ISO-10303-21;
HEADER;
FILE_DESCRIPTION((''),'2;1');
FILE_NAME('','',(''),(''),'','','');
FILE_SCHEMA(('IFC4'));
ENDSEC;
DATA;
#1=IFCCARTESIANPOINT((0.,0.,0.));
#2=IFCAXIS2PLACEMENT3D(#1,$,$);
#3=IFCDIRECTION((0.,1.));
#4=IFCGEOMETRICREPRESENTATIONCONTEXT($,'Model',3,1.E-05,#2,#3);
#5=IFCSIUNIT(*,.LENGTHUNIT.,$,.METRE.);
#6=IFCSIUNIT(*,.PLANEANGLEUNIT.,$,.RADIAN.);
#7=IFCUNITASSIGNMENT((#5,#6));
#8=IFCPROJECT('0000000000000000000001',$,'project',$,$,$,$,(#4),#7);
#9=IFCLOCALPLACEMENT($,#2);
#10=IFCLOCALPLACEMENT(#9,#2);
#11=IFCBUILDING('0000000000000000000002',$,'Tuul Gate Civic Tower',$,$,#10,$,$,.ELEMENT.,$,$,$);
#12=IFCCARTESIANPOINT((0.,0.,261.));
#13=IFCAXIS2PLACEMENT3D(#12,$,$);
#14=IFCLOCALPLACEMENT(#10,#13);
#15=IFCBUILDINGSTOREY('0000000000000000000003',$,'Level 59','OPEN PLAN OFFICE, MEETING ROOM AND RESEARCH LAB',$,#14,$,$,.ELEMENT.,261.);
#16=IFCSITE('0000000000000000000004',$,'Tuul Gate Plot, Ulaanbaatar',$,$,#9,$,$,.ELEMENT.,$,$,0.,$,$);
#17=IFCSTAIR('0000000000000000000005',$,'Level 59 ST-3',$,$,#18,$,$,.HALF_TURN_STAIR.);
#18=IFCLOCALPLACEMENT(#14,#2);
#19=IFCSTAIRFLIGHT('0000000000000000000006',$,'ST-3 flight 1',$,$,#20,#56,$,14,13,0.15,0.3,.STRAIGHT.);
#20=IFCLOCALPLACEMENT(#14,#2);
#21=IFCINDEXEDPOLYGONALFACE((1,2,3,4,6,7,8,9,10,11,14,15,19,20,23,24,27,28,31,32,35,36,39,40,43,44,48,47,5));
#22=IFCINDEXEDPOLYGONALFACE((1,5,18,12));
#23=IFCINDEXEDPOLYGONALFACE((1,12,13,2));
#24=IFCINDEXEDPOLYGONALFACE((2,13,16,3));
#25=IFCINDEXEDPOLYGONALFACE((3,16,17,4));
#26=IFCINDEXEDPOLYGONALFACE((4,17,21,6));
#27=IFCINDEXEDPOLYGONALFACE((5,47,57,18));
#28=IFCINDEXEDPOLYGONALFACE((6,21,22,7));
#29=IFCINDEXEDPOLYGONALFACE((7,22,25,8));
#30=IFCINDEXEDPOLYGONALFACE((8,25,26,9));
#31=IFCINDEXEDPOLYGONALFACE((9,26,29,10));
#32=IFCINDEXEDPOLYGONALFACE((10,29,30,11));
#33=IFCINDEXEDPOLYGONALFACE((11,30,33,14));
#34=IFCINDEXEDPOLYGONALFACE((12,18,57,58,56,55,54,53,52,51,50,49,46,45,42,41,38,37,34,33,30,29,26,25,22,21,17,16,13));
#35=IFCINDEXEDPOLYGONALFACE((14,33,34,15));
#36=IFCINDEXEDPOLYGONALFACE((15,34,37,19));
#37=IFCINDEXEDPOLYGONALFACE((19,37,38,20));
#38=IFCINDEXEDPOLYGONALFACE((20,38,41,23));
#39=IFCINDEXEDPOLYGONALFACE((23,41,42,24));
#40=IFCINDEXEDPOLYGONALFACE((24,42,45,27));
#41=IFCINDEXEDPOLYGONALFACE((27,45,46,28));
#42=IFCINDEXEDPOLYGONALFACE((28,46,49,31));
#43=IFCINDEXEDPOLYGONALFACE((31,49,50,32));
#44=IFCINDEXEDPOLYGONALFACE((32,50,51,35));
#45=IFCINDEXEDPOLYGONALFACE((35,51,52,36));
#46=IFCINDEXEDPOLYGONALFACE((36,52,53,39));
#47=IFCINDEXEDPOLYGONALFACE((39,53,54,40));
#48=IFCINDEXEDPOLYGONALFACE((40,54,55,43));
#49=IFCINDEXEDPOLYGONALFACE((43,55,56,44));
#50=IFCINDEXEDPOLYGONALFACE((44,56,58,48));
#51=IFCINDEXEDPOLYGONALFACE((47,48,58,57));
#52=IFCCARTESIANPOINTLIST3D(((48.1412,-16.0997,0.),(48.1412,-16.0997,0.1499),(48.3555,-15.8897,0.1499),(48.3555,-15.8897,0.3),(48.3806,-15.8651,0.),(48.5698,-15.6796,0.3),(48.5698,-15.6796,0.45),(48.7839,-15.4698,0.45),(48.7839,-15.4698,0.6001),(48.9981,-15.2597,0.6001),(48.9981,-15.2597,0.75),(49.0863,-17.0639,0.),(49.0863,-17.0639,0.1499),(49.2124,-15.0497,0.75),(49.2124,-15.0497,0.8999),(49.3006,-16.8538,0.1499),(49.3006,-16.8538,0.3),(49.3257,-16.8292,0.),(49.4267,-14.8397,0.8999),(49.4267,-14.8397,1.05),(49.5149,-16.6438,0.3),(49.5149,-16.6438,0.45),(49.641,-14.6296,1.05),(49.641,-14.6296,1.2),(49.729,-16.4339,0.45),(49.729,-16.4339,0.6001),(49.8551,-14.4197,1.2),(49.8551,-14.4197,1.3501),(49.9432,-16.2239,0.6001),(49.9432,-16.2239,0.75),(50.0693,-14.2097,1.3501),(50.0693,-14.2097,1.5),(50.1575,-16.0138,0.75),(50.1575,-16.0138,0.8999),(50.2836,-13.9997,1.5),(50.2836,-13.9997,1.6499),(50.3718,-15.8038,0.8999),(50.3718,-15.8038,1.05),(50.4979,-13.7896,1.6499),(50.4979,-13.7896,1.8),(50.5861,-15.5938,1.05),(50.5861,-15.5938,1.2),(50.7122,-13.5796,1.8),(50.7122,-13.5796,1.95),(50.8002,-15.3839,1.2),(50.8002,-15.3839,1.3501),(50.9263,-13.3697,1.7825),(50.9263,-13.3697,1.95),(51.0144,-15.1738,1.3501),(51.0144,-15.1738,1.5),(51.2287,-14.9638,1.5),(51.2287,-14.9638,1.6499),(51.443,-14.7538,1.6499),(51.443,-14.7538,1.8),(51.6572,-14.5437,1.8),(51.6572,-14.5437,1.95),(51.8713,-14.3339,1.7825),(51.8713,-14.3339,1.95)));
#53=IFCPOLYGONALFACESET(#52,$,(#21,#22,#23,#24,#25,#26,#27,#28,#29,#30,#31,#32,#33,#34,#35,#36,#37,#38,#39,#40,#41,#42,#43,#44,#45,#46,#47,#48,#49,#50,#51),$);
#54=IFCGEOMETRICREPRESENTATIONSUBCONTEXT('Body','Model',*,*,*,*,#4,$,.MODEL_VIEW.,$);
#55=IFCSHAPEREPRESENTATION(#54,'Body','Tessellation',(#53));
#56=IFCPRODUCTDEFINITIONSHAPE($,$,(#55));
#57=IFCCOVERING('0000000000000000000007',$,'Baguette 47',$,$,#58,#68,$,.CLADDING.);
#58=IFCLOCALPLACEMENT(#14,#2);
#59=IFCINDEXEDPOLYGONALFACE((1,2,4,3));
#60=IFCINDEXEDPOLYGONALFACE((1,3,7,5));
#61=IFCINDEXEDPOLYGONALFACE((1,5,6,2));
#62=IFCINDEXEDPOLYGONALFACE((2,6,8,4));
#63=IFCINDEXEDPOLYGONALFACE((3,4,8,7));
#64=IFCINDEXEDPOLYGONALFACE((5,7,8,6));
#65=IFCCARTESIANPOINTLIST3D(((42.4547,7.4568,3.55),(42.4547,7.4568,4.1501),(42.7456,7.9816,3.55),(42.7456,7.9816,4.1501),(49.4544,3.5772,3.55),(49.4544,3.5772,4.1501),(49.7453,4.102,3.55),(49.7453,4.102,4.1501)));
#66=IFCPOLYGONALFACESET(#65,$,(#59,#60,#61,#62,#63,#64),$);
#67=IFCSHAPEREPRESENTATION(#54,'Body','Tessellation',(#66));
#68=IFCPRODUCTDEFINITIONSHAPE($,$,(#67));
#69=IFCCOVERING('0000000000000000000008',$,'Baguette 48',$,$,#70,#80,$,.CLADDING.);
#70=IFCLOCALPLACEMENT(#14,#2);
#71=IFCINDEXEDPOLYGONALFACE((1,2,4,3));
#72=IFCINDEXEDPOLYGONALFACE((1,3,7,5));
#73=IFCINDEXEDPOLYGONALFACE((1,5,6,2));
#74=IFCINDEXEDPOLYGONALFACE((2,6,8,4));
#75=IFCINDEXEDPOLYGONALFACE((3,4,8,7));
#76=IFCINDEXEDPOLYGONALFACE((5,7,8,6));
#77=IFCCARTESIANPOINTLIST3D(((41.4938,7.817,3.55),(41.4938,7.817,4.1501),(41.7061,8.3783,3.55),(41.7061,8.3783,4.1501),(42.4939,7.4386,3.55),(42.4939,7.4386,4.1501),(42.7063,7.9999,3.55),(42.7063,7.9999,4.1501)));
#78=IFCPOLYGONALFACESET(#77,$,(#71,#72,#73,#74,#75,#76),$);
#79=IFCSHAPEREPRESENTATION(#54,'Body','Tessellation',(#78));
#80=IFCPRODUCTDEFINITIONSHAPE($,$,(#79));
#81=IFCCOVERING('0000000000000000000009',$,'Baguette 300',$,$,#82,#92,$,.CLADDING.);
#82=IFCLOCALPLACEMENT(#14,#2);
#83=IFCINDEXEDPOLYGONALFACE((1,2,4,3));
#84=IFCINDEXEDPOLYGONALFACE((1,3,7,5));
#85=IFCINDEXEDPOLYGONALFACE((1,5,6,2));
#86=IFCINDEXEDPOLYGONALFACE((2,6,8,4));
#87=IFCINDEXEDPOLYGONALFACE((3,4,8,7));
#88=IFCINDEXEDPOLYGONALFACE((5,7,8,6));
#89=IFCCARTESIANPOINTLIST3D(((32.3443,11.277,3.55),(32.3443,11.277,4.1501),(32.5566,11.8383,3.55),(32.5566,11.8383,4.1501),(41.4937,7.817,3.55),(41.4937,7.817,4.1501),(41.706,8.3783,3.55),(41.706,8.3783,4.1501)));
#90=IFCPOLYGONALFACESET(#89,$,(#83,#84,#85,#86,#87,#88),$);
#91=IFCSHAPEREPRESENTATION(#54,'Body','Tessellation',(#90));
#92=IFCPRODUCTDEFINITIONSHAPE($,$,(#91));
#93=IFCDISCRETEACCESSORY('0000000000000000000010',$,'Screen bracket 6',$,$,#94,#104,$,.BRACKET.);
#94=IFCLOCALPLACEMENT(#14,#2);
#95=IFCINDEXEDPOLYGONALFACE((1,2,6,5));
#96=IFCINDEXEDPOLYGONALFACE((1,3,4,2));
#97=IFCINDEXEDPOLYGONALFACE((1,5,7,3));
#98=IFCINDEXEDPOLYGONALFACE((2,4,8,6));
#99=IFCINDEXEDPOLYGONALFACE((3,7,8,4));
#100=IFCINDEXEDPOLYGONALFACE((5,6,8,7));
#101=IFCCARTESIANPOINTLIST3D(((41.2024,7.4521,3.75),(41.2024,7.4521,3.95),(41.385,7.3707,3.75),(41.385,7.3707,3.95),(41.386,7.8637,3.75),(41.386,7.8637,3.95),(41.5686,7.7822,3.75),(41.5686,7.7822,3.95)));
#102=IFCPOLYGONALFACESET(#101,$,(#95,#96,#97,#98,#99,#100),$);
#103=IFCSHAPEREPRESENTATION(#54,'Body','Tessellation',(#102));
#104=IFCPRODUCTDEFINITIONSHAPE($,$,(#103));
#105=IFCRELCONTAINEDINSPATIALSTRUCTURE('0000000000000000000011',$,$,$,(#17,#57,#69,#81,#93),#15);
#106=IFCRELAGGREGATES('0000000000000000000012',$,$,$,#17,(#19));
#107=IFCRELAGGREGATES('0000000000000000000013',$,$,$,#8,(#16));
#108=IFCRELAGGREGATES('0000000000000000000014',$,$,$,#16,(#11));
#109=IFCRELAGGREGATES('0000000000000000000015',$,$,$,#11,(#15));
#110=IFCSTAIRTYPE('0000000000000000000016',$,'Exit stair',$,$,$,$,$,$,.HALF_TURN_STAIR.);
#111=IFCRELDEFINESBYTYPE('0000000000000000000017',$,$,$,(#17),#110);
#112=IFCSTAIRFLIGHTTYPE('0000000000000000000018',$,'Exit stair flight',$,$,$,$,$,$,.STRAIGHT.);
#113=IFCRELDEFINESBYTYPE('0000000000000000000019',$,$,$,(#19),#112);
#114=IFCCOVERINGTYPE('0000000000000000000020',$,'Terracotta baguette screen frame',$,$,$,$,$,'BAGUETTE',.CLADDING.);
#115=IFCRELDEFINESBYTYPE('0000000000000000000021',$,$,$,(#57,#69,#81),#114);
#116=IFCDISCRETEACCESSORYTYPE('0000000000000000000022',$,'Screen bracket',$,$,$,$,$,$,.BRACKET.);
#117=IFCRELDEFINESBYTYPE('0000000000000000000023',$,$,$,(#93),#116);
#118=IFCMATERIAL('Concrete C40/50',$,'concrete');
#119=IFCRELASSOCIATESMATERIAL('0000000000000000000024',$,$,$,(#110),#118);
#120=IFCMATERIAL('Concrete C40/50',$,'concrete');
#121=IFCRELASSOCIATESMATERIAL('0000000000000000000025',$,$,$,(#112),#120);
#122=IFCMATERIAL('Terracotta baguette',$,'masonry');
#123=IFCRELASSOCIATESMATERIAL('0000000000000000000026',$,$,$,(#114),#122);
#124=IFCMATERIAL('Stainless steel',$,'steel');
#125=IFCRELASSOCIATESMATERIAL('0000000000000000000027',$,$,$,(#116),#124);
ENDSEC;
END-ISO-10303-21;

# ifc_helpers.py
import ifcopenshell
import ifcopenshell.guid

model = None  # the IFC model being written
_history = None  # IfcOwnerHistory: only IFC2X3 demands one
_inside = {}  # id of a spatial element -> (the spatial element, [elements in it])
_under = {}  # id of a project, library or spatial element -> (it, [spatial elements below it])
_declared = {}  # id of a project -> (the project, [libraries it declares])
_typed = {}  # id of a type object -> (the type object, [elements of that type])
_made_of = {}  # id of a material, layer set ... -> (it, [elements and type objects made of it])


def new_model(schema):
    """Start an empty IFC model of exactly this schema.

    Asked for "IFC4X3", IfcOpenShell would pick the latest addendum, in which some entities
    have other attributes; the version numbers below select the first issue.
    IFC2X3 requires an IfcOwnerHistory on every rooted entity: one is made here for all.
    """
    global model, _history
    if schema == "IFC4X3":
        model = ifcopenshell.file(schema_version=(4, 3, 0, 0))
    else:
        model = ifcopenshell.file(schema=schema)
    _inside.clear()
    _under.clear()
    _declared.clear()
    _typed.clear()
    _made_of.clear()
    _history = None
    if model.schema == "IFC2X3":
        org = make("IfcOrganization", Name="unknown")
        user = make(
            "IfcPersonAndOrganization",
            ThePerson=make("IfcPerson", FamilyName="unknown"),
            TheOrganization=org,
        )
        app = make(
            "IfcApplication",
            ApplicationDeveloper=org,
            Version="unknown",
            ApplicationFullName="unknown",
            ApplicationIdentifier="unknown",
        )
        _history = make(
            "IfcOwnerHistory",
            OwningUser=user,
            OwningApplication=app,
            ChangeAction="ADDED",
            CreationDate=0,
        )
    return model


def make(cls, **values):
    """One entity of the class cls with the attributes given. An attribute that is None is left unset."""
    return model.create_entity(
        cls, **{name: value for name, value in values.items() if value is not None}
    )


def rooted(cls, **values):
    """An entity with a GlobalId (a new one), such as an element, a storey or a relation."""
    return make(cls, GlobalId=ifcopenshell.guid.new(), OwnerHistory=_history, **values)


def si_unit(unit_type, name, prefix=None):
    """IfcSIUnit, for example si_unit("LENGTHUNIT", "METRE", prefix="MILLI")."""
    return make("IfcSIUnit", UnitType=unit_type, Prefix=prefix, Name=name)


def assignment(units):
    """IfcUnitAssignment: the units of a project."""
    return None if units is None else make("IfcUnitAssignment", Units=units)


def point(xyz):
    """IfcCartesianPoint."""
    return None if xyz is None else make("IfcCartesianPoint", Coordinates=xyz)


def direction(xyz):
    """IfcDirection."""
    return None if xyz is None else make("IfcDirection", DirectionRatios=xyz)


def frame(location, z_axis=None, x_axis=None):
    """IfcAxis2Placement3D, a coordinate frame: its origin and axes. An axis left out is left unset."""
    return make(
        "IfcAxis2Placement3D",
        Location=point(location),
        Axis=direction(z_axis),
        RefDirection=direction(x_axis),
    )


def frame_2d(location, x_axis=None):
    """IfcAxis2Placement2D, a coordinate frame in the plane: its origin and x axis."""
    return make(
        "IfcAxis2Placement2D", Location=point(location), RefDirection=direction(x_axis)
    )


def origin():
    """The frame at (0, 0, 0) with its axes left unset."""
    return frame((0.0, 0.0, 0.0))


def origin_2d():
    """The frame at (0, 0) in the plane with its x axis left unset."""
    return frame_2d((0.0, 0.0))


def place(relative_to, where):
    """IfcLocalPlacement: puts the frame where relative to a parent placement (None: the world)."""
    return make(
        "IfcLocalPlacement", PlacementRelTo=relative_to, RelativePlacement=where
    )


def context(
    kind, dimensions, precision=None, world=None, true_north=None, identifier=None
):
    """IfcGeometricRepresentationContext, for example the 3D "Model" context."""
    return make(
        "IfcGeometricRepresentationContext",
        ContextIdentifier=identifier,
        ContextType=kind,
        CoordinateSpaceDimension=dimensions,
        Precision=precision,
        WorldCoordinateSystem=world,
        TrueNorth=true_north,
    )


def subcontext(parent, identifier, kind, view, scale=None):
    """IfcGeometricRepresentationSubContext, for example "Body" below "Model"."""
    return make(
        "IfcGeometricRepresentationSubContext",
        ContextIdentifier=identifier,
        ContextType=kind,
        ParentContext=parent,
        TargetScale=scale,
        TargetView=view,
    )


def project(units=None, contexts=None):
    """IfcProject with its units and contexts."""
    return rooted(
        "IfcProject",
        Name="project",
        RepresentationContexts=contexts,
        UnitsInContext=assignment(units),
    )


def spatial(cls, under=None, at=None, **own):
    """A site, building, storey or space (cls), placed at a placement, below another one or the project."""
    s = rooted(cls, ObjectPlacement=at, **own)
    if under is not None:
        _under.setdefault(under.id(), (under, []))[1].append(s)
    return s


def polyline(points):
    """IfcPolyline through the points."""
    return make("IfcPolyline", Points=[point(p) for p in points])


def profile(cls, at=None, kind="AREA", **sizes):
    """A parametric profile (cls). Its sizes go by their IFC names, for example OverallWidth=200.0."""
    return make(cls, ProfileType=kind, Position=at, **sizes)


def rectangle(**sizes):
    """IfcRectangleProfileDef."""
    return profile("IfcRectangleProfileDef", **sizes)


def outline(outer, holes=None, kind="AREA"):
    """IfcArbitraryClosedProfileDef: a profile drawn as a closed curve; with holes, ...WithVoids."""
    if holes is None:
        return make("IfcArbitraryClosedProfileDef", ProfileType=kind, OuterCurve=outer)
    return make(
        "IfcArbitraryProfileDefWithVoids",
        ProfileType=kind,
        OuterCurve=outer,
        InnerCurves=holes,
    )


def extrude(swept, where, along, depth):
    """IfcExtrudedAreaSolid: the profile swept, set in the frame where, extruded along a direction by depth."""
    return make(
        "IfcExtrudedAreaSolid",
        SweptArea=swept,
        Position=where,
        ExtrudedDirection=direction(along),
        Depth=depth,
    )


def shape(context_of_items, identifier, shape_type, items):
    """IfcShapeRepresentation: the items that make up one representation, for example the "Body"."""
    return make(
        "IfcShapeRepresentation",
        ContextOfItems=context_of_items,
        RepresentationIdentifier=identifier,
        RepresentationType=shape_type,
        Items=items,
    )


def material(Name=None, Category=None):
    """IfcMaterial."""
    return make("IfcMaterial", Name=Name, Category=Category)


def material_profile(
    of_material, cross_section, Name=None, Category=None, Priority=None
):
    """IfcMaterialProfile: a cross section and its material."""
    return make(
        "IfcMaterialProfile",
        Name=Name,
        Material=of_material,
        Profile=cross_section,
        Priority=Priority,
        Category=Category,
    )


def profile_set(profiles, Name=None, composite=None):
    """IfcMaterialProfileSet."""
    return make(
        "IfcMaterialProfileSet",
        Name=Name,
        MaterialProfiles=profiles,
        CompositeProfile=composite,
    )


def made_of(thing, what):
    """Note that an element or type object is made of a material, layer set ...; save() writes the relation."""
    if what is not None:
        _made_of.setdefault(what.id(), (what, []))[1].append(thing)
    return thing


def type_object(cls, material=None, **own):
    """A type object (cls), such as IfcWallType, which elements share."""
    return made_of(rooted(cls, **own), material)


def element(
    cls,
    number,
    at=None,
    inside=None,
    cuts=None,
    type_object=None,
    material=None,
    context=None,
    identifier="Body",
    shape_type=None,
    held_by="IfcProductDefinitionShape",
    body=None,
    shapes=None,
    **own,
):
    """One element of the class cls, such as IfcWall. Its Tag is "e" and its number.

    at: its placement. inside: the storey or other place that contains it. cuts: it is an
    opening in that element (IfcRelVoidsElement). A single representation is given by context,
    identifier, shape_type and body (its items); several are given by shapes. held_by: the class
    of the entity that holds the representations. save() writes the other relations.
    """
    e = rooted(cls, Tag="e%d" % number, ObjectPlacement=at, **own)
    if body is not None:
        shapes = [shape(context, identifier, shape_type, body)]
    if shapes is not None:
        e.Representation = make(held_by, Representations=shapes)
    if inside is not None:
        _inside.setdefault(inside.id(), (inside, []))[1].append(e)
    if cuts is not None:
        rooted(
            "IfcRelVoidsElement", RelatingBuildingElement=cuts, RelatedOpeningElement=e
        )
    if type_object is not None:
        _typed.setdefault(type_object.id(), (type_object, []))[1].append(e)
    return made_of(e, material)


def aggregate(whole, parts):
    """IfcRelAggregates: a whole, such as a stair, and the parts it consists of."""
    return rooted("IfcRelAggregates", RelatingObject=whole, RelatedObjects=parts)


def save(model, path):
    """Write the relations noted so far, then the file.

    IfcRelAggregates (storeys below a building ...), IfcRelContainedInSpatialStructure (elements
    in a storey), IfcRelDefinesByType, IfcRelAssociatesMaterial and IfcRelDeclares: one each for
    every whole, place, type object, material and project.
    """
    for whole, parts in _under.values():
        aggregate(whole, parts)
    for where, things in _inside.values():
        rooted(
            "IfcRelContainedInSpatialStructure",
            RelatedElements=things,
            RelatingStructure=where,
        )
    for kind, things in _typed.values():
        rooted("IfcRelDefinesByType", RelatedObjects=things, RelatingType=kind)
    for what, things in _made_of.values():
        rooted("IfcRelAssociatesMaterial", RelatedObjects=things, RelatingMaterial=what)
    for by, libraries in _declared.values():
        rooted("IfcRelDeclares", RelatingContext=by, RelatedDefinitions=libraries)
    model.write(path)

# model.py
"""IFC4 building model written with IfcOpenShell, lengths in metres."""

from ifc_helpers import new_model, si_unit, direction, frame, origin, origin_2d, place, context, subcontext, project, spatial, polyline, rectangle, outline, extrude, material, material_profile, profile_set, type_object, element, aggregate, save


model = new_model("IFC4")

# Units and contexts
model_context = context("Model", 3, precision=1e-05, world=origin(), true_north=direction((0.0, 1.0)))
body_context = subcontext(model_context, "Body", "Model", "MODEL_VIEW")
ifc_project = project(units=[si_unit("LENGTHUNIT", "METRE"), si_unit("PLANEANGLEUNIT", "RADIAN")], contexts=[model_context])

# Site, building, storey
site_placement = place(None, origin())
site = spatial("IfcSite", under=ifc_project, at=site_placement, Name="Tuul Gate Plot, Ulaanbaatar", CompositionType="ELEMENT", RefElevation=0.0)
building_placement = place(site_placement, origin())
building = spatial("IfcBuilding", under=site, at=building_placement, Name="Tuul Gate Civic Tower", CompositionType="ELEMENT")
storey_placement = place(building_placement, frame((0.0, 0.0, 261.0)))
storey = spatial("IfcBuildingStorey", under=building, at=storey_placement, Name="Level 59", Description="OPEN PLAN OFFICE, MEETING ROOM AND RESEARCH LAB", CompositionType="ELEMENT", Elevation=261.0)

# Stair, stair flight
ifc_material_1 = material(Name="Concrete C40/50", Category="concrete")
stair_type = type_object("IfcStairType", Name="Exit stair", PredefinedType="HALF_TURN_STAIR", material=ifc_material_1)
stair_placement = place(storey_placement, origin())
stair = element("IfcStair", 1, at=stair_placement, inside=storey, type_object=stair_type, Name="Level 59 ST-3", PredefinedType="HALF_TURN_STAIR")
ifc_material_2 = material(Name="Concrete C40/50", Category="concrete")
stair_flight_type = type_object("IfcStairFlightType", Name="Exit stair flight", PredefinedType="STRAIGHT", material=ifc_material_2)
stair_flight_placement = place(storey_placement, frame((48.6138, -16.5818, 0.0), z_axis=(0.0, 0.0, 1.0), x_axis=(0.714127, 0.700016, 0.0)))
stair_flight = element("IfcStairFlight", 2, at=stair_flight_placement, type_object=stair_flight_type, Name="ST-3 flight 1", NumberOfRisers=14, NumberOfTreads=13, PredefinedType="STRAIGHT", RiserHeight=0.15, TreadLength=0.3, context=body_context, shape_type="SweptSolid", body=[
    extrude(outline(polyline([(0.0, 0.0), (0.0, 0.1499), (0.3, 0.1499), (0.3, 0.3), (0.6001, 0.3), (0.6001, 0.45), (0.8999, 0.45), (0.8999, 0.6001), (1.2, 0.6001), (1.2, 0.75), (1.5, 0.75), (1.5, 0.8999), (1.8, 0.8999), (1.8, 1.05), (2.1001, 1.05), (2.1001, 1.2), (2.3999, 1.2), (2.3999, 1.3501), (2.7, 1.3501), (2.7, 1.5), (3.0, 1.5), (3.0, 1.6499), (3.3, 1.6499), (3.3, 1.8), (3.6001, 1.8), (3.6001, 1.95), (3.8999, 1.95), (3.8999, 2.1001), (3.8999, 1.7825), (0.3352, 0.0), (0.0, 0.0)])), frame((0.0, 0.675, 0.0), z_axis=(0.0, -1.0, 0.0), x_axis=(1.0, 0.0, 0.0)), (0.0, 0.0, 1.0), 1.3501),
])
aggregate(stair, [stair_flight])

# Coverings
ifc_material_3 = material(Name="Terracotta baguette", Category="masonry")
ifc_material_profile_1 = material_profile(ifc_material_3, rectangle(XDim=0.6001, YDim=0.6001, at=origin_2d()), Name="Terracotta baguette screen frame")
ifc_profile_set_1 = profile_set([ifc_material_profile_1], Name="Terracotta baguette")
covering_type = type_object("IfcCoveringType", Name="Terracotta baguette screen frame", ElementType="BAGUETTE", PredefinedType="CLADDING", material=ifc_profile_set_1)
covering_1_placement = place(storey_placement, frame((49.5999, 3.8396, 3.8501), z_axis=(-0.87464, 0.484772, 0.0), x_axis=(-0.484772, -0.87464, 0.0)))
element("IfcCovering", 3, at=covering_1_placement, inside=storey, type_object=covering_type, Name="Baguette 47", PredefinedType="CLADDING", context=body_context, shape_type="SweptSolid", body=[
    extrude(rectangle(XDim=0.6001, YDim=0.6001, at=origin_2d()), origin(), (0.0, 0.0, 1.0), 8.0029),
])
covering_2_placement = place(storey_placement, frame((42.6001, 7.7192, 3.8501), z_axis=(-0.935303, 0.353849, 0.0), x_axis=(-0.353849, -0.935303, 0.0)))
element("IfcCovering", 4, at=covering_2_placement, inside=storey, type_object=covering_type, Name="Baguette 48", PredefinedType="CLADDING", context=body_context, shape_type="SweptSolid", body=[
    extrude(rectangle(XDim=0.6001, YDim=0.6001, at=origin_2d()), origin(), (0.0, 0.0, 1.0), 1.0693),
])
covering_3_placement = place(storey_placement, frame((41.5999, 8.0977, 3.8501), z_axis=(-0.935353, 0.353715, 0.0), x_axis=(-0.353715, -0.935353, 0.0)))
element("IfcCovering", 5, at=covering_3_placement, inside=storey, type_object=covering_type, Name="Baguette 300", PredefinedType="CLADDING", context=body_context, shape_type="SweptSolid", body=[
    extrude(rectangle(XDim=0.6001, YDim=0.6001, at=origin_2d()), origin(), (0.0, 0.0, 1.0), 9.7817),
])

# Discrete accessory
ifc_material_4 = material(Name="Stainless steel", Category="steel")
discrete_accessory_type = type_object("IfcDiscreteAccessoryType", Name="Screen bracket", PredefinedType="BRACKET", material=ifc_material_4)
discrete_accessory_placement = place(storey_placement, frame((41.3855, 7.6172, 3.75), z_axis=(0.0, 0.0, 1.0), x_axis=(0.407419, 0.913241, 0.0)))
element("IfcDiscreteAccessory", 6, at=discrete_accessory_placement, inside=storey, type_object=discrete_accessory_type, Name="Screen bracket 6", PredefinedType="BRACKET", context=body_context, shape_type="SweptSolid", body=[
    extrude(rectangle(XDim=0.4507, YDim=0.2, at=origin_2d()), origin(), (0.0, 0.0, 1.0), 0.2),
])

save(model, "model.ifc")
